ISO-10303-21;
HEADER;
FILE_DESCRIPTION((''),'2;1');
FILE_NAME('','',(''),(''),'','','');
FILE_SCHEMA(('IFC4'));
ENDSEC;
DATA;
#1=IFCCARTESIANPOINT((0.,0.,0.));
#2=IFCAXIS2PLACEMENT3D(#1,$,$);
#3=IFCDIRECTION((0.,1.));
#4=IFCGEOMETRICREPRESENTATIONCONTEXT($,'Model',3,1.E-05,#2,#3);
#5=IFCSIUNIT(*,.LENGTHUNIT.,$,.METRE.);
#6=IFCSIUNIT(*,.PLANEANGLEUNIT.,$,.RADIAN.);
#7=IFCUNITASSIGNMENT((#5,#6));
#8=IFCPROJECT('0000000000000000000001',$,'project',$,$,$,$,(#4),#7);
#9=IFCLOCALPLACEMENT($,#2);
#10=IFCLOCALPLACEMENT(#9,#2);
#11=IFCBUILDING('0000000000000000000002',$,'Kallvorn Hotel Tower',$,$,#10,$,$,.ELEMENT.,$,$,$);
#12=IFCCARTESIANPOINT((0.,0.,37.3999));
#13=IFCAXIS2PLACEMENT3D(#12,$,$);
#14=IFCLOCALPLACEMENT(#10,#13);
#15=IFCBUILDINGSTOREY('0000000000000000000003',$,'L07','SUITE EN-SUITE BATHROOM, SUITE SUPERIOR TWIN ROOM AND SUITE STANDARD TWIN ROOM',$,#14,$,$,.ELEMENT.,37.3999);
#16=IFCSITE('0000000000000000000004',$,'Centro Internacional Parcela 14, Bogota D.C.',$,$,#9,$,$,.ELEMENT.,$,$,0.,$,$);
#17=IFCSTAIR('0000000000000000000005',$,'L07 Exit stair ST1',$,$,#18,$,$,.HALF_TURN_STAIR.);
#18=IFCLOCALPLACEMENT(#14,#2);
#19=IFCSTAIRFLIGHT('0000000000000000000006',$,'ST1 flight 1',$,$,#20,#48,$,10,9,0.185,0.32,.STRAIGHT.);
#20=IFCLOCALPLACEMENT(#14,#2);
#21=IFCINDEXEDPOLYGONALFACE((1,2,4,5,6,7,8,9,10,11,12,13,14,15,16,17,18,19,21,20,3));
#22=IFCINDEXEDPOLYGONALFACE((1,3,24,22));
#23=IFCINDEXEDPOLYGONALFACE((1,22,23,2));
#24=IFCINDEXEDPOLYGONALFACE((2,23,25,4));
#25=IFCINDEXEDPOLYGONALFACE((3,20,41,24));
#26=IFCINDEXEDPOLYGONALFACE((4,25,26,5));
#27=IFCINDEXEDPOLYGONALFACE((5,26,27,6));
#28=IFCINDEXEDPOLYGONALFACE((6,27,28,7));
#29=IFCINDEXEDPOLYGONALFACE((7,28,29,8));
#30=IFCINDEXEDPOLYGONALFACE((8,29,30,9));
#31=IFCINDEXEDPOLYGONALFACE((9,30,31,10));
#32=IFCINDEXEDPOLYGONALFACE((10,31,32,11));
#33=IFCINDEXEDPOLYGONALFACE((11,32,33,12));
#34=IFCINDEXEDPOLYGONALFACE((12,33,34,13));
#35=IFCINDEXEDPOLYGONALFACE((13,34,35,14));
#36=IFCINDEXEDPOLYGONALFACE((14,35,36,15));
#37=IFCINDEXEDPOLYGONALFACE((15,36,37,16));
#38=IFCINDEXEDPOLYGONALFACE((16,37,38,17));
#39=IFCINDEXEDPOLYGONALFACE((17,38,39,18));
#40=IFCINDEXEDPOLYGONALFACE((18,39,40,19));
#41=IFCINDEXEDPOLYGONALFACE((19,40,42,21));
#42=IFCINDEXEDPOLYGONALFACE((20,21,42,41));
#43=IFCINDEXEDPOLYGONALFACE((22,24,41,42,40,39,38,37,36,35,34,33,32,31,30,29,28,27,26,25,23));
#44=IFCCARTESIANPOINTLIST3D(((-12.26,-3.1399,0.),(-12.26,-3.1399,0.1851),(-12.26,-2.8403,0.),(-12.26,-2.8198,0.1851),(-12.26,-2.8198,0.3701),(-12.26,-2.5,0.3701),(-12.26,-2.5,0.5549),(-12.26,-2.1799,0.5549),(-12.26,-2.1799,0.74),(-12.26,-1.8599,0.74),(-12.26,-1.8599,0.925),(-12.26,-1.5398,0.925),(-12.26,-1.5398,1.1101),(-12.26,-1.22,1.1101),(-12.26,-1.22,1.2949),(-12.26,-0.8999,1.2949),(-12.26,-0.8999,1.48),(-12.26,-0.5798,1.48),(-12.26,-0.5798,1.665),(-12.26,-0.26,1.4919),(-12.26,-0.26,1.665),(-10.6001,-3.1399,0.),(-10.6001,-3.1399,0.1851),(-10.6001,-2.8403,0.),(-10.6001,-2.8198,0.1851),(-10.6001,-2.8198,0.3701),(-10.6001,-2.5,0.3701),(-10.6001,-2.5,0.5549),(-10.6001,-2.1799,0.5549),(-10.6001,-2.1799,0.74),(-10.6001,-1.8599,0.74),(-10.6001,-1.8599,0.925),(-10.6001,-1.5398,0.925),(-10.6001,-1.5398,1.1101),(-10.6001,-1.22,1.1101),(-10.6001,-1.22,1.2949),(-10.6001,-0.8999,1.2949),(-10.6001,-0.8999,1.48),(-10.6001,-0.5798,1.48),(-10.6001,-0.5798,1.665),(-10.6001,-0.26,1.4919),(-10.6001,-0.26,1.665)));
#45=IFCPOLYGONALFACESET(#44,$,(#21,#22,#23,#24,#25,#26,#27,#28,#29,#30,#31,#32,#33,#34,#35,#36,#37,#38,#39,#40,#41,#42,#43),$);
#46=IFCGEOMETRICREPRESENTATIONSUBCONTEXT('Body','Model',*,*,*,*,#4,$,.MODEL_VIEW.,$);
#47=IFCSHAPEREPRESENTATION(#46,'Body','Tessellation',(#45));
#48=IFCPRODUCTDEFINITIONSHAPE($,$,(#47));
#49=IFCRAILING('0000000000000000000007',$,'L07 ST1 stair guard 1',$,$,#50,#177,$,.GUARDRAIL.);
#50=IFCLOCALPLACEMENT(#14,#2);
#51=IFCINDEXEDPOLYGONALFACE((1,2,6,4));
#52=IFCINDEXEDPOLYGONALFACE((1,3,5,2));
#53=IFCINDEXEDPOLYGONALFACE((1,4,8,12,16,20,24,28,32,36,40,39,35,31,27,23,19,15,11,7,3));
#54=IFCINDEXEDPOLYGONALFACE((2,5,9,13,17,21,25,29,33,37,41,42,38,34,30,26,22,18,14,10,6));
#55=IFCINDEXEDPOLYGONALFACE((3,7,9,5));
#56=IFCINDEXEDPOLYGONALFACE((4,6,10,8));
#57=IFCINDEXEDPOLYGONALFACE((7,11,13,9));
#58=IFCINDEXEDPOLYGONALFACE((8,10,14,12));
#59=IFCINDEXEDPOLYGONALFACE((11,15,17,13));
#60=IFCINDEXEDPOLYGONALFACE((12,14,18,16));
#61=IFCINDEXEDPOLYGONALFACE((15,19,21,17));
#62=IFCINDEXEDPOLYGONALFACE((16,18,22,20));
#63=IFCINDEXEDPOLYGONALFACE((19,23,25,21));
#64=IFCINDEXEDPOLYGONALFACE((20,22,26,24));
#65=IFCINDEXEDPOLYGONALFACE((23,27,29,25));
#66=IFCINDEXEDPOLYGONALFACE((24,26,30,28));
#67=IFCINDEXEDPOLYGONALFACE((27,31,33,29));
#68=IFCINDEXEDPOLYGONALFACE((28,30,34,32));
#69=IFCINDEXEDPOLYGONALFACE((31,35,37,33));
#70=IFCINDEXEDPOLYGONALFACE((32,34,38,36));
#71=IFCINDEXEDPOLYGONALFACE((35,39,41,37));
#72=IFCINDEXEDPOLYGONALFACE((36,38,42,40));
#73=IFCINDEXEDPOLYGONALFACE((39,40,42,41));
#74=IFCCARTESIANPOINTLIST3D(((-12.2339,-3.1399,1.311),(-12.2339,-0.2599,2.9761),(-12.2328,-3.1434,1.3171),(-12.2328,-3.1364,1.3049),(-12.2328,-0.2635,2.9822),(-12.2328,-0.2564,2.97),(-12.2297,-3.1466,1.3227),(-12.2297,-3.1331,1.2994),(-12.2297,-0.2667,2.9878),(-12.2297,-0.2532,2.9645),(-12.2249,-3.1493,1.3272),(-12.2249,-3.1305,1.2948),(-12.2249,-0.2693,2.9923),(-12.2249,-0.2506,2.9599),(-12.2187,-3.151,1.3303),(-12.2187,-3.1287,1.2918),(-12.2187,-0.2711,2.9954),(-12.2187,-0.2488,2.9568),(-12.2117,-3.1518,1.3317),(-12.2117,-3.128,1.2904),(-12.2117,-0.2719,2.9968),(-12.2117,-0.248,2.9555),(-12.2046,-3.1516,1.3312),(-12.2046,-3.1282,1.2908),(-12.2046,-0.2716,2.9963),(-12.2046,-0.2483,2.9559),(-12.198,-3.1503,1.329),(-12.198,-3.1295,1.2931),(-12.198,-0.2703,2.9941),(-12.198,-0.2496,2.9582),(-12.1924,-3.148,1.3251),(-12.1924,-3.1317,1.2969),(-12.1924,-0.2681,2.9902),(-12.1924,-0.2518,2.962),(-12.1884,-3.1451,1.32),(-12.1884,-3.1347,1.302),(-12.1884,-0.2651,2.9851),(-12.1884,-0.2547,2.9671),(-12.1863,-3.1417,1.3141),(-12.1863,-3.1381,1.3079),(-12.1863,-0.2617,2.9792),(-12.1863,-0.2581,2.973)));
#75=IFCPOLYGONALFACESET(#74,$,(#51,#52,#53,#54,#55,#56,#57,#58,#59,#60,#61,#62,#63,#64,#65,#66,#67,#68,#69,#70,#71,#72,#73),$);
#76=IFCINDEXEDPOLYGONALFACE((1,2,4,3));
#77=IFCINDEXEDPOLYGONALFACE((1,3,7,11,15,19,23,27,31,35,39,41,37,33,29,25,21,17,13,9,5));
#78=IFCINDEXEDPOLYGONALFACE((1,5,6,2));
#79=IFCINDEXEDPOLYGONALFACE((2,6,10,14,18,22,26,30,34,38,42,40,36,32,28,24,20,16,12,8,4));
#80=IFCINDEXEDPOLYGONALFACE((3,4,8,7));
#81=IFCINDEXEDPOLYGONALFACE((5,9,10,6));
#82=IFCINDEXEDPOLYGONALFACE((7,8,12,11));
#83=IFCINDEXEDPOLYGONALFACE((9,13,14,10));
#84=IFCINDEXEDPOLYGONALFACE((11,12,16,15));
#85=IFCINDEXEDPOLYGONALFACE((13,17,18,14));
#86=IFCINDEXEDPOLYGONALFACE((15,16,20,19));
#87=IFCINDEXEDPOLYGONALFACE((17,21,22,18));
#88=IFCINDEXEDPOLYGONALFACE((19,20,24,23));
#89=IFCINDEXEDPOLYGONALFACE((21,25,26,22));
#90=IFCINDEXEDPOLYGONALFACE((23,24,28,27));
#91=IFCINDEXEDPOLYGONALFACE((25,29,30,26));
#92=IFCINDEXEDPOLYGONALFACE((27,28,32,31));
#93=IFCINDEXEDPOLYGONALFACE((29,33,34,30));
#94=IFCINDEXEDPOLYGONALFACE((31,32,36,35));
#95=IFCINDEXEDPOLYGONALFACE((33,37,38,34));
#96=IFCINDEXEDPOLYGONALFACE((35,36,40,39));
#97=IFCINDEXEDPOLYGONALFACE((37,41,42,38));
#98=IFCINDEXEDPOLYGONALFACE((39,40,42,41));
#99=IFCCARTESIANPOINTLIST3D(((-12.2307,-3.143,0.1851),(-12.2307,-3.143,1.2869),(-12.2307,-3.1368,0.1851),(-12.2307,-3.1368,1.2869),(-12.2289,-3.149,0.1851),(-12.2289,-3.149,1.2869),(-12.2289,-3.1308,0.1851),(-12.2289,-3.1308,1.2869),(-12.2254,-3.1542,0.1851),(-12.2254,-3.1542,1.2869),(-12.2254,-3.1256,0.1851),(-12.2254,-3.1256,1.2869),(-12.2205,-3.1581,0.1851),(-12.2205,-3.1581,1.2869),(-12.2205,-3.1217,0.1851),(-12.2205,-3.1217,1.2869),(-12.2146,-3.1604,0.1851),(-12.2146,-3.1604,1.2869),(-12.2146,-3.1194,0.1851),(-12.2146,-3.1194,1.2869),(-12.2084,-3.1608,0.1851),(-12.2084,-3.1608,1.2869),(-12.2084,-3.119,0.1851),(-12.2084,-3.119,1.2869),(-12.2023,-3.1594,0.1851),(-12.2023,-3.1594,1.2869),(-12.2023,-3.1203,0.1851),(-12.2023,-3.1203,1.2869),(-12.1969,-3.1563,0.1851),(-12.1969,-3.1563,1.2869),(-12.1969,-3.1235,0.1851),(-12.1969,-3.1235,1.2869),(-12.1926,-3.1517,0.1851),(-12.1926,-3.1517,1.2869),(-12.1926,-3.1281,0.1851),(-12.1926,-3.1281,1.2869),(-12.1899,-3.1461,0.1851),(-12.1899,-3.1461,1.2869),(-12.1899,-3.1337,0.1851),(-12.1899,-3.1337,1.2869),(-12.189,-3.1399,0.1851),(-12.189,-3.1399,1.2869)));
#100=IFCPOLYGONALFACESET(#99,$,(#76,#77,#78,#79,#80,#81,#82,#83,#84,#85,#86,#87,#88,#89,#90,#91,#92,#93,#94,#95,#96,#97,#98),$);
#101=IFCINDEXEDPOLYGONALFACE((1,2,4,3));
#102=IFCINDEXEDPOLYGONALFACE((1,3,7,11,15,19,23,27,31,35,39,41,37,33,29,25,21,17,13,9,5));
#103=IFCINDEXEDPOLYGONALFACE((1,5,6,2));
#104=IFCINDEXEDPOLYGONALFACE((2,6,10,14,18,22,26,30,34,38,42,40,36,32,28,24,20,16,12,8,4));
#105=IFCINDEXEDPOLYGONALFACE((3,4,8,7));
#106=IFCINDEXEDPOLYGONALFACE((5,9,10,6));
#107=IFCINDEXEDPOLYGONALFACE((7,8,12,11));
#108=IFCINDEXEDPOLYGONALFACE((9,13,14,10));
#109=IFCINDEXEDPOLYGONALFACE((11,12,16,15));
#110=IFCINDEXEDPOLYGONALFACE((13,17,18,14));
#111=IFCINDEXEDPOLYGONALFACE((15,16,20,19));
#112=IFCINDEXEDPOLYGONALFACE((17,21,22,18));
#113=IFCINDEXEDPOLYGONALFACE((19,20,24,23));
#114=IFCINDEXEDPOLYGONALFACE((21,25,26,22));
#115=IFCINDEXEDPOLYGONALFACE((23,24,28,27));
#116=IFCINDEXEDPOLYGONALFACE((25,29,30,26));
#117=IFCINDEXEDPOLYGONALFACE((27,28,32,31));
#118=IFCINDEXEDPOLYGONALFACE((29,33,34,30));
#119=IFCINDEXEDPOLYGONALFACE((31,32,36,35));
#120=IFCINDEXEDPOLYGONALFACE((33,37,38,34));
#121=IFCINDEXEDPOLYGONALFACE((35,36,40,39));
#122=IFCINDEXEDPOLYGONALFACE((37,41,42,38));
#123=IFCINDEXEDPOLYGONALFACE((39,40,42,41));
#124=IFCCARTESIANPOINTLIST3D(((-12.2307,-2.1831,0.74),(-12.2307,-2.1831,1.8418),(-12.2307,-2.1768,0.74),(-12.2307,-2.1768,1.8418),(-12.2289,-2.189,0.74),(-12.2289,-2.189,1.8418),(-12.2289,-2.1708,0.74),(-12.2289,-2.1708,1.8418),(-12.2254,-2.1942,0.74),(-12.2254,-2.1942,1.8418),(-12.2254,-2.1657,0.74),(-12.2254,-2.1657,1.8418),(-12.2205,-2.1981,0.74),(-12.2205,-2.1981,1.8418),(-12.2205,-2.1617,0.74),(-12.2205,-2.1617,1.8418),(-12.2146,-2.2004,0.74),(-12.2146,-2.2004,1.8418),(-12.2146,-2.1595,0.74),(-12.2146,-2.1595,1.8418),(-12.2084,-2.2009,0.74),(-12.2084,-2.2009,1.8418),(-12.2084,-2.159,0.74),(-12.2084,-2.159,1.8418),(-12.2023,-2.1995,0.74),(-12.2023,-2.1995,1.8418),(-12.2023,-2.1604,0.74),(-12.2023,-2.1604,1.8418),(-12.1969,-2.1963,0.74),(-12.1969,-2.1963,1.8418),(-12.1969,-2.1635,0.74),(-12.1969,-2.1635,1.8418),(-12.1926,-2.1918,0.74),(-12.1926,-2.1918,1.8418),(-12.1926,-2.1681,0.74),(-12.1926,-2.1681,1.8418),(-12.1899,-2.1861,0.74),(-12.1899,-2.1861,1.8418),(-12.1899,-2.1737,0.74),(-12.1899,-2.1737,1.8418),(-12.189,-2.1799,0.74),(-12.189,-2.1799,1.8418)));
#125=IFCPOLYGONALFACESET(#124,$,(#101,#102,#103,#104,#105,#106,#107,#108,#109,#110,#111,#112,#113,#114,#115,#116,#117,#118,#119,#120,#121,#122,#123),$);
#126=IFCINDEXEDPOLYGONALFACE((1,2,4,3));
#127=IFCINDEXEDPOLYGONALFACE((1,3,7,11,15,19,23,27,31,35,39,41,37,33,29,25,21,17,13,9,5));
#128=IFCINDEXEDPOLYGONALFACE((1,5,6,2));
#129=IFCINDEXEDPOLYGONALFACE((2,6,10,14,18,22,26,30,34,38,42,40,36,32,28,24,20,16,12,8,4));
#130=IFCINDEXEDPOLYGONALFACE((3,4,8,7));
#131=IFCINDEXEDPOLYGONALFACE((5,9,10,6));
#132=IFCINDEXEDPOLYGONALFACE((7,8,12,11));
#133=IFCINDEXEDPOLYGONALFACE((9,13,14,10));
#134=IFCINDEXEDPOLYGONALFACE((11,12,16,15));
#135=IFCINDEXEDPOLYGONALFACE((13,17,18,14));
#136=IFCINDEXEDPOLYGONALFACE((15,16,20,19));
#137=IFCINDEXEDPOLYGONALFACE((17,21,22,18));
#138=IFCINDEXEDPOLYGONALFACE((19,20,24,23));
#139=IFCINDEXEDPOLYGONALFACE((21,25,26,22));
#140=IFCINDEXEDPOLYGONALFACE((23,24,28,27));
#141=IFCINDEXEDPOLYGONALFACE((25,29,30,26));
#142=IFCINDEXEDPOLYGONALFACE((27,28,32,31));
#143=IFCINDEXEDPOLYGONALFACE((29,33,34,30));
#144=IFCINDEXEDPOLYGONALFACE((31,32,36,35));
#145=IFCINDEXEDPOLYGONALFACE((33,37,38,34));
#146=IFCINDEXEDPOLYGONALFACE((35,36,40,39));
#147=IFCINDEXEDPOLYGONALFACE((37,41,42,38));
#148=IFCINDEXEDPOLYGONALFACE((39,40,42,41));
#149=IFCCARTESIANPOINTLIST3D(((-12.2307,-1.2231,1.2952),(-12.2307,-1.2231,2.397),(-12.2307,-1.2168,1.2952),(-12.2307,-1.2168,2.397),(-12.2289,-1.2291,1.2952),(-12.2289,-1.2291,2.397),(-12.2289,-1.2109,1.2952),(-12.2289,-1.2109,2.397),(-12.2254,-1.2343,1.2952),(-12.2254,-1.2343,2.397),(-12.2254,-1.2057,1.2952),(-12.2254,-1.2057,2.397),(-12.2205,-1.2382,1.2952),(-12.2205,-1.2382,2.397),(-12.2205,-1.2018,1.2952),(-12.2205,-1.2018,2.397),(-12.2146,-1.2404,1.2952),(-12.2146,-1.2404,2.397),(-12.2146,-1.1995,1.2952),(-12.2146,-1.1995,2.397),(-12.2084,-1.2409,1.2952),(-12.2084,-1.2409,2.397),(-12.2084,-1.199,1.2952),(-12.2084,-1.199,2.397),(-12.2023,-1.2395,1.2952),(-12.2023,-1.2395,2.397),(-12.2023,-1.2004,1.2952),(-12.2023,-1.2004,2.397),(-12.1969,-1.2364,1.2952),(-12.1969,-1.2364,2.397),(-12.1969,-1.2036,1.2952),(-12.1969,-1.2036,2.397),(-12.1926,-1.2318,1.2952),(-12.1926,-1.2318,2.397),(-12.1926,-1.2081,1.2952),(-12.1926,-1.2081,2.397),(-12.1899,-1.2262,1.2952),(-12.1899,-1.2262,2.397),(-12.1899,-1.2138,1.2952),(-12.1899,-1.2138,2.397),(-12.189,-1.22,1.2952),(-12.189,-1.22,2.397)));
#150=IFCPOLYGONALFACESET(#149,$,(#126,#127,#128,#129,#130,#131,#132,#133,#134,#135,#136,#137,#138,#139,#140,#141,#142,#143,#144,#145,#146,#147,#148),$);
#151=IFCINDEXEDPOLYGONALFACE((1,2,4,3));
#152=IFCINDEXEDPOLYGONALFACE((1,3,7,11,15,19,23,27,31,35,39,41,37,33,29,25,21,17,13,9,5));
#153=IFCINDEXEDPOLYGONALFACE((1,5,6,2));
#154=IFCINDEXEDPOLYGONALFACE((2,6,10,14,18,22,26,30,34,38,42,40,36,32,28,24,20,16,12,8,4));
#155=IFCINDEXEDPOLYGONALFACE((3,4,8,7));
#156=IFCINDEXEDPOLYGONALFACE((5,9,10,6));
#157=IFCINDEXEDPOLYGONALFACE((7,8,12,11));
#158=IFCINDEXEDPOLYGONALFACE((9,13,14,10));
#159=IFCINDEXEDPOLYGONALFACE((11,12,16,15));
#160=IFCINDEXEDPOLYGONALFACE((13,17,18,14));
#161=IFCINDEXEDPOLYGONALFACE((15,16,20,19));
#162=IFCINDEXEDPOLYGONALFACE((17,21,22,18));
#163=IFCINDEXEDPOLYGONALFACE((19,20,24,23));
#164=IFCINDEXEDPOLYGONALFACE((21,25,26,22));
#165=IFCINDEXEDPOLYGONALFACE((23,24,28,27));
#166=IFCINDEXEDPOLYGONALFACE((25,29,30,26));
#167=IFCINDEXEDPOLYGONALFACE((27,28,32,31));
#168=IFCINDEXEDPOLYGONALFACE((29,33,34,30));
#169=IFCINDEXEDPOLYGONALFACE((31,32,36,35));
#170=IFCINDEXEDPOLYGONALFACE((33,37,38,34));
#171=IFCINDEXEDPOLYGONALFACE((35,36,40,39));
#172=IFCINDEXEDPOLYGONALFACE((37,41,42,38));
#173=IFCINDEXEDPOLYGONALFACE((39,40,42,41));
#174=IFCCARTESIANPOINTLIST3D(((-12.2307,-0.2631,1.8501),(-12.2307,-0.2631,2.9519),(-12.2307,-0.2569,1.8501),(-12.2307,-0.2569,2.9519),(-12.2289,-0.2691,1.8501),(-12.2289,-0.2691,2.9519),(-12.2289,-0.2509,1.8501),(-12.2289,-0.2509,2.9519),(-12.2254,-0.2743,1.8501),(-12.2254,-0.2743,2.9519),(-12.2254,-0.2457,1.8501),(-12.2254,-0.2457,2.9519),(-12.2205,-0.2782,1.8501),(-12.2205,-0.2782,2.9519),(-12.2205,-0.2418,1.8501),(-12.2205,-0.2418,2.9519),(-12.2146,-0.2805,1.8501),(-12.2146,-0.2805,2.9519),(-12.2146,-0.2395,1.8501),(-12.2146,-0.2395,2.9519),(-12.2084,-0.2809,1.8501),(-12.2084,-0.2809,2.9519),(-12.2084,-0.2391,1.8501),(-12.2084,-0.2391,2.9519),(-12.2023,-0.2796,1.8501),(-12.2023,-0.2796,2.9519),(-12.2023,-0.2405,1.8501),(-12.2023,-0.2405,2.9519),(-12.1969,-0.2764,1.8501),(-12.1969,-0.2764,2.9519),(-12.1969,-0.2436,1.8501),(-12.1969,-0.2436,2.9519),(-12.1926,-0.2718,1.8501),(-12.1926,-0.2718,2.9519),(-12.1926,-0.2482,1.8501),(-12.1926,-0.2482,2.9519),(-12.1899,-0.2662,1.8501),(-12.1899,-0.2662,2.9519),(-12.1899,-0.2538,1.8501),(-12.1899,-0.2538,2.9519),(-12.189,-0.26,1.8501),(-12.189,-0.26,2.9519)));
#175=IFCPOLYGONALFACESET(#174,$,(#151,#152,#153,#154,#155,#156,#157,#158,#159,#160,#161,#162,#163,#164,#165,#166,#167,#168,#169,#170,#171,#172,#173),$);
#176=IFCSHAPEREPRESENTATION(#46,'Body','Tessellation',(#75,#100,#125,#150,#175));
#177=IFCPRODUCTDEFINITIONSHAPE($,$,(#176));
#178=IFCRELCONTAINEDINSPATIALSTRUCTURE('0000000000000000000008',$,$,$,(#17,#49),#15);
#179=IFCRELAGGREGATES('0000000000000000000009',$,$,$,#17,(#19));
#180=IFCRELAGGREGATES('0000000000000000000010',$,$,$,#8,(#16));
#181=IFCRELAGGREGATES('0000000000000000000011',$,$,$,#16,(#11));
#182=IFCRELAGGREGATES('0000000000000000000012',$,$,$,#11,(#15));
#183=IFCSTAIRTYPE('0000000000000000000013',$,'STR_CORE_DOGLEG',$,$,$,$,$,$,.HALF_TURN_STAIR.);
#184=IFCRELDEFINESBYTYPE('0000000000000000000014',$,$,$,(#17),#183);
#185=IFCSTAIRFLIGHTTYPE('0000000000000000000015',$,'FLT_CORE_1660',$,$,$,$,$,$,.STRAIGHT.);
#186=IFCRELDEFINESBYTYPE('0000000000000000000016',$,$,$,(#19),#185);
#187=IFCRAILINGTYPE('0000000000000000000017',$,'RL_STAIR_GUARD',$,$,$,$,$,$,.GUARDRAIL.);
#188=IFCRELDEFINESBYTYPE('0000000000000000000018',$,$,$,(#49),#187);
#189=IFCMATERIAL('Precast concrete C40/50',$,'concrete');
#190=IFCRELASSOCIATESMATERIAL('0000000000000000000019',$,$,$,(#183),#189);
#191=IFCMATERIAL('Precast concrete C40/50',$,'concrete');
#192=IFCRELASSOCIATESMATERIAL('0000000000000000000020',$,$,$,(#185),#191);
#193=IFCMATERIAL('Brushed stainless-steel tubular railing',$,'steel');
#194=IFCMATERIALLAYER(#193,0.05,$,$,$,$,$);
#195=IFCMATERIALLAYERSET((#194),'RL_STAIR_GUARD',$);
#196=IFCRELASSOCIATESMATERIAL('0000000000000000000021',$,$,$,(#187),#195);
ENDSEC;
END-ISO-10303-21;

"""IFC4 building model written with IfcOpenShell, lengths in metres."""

from ifc_helpers import new_model, si_unit, direction, frame, origin, origin_2d, place, context, subcontext, project, spatial, polyline, circle, outline, extrude, material, layer, layer_set, type_object, element, aggregate, save


model = new_model("IFC4")

# Units and contexts
model_context = context("Model", 3, precision=1e-05, world=origin(), true_north=direction((0.0, 1.0)))
body_context = subcontext(model_context, "Body", "Model", "MODEL_VIEW")
ifc_project = project(units=[si_unit("LENGTHUNIT", "METRE"), si_unit("PLANEANGLEUNIT", "RADIAN")], contexts=[model_context])

# Site, building, storey
site_placement = place(None, origin())
site = spatial("IfcSite", under=ifc_project, at=site_placement, Name="Centro Internacional Parcela 14, Bogota D.C.", CompositionType="ELEMENT", RefElevation=0.0)
building_placement = place(site_placement, origin())
building = spatial("IfcBuilding", under=site, at=building_placement, Name="Kallvorn Hotel Tower", CompositionType="ELEMENT")
storey_placement = place(building_placement, frame((0.0, 0.0, 37.3999)))
storey = spatial("IfcBuildingStorey", under=building, at=storey_placement, Name="L07", Description="SUITE EN-SUITE BATHROOM, SUITE SUPERIOR TWIN ROOM AND SUITE STANDARD TWIN ROOM", CompositionType="ELEMENT", Elevation=37.3999)

# Stair, stair flight
ifc_material_1 = material(Name="Precast concrete C40/50", Category="concrete")
stair_type = type_object("IfcStairType", Name="STR_CORE_DOGLEG", PredefinedType="HALF_TURN_STAIR", material=ifc_material_1)
stair_placement = place(storey_placement, origin())
stair = element("IfcStair", 1, at=stair_placement, inside=storey, type_object=stair_type, Name="L07 Exit stair ST1", PredefinedType="HALF_TURN_STAIR")
ifc_material_2 = material(Name="Precast concrete C40/50", Category="concrete")
stair_flight_type = type_object("IfcStairFlightType", Name="FLT_CORE_1660", PredefinedType="STRAIGHT", material=ifc_material_2)
stair_flight_placement = place(storey_placement, frame((-11.4299, -3.1399, 0.0), z_axis=(0.0, 0.0, 1.0), x_axis=(0.0, 1.0, 0.0)))
stair_flight = element("IfcStairFlight", 2, at=stair_flight_placement, type_object=stair_flight_type, Name="ST1 flight 1", NumberOfRisers=10, NumberOfTreads=9, PredefinedType="STRAIGHT", RiserHeight=0.185, TreadLength=0.32, context=body_context, shape_type="SweptSolid", body=[
    extrude(outline(polyline([(0.0, 0.0), (0.0, 0.1851), (0.3201, 0.1851), (0.3201, 0.3701), (0.6399, 0.3701), (0.6399, 0.5549), (0.96, 0.5549), (0.96, 0.74), (1.28, 0.74), (1.28, 0.925), (1.6001, 0.925), (1.6001, 1.1101), (1.9199, 1.1101), (1.9199, 1.2949), (2.24, 1.2949), (2.24, 1.48), (2.5601, 1.48), (2.5601, 1.665), (2.8799, 1.665), (2.8799, 1.8501), (2.8799, 1.4919), (0.2996, 0.0), (0.0, 0.0)])), frame((0.0, 0.8301, 0.0), z_axis=(0.0, -1.0, 0.0), x_axis=(1.0, 0.0, 0.0)), (0.0, 0.0, 1.0), 1.6599),
])
aggregate(stair, [stair_flight])

# Railing
ifc_material_3 = material(Name="Brushed stainless-steel tubular railing", Category="steel")
ifc_layer_1 = layer(ifc_material_3, 0.05)
ifc_layer_set_1 = layer_set([ifc_layer_1], Name="RL_STAIR_GUARD")
railing_type = type_object("IfcRailingType", Name="RL_STAIR_GUARD", PredefinedType="GUARDRAIL", material=ifc_layer_set_1)
railing_1_placement = place(storey_placement, frame((-12.21, -3.1399, 0.1851)))
element("IfcRailing", 3, at=railing_1_placement, inside=storey, type_object=railing_type, Name="L07 ST1 stair guard 1", PredefinedType="GUARDRAIL", context=body_context, shape_type="SweptSolid", body=[
    extrude(circle(Radius=0.0239, at=origin_2d()), frame((0.0, 0.0, 1.126), z_axis=(0.0, 0.865721, 0.500527), x_axis=(-1.0, 0.0, 0.0)), (0.0, 0.0, 1.0), 3.3267),
    extrude(circle(Radius=0.021, at=origin_2d()), origin(), (0.0, 0.0, 1.0), 1.1018),
    extrude(circle(Radius=0.021, at=origin_2d()), frame((0.0, 0.96, 0.5549)), (0.0, 0.0, 1.0), 1.1018),
    extrude(circle(Radius=0.021, at=origin_2d()), frame((0.0, 1.9199, 1.1101)), (0.0, 0.0, 1.0), 1.1018),
    extrude(circle(Radius=0.021, at=origin_2d()), frame((0.0, 2.8799, 1.665)), (0.0, 0.0, 1.0), 1.1018),
])

save(model, "model.ifc")
